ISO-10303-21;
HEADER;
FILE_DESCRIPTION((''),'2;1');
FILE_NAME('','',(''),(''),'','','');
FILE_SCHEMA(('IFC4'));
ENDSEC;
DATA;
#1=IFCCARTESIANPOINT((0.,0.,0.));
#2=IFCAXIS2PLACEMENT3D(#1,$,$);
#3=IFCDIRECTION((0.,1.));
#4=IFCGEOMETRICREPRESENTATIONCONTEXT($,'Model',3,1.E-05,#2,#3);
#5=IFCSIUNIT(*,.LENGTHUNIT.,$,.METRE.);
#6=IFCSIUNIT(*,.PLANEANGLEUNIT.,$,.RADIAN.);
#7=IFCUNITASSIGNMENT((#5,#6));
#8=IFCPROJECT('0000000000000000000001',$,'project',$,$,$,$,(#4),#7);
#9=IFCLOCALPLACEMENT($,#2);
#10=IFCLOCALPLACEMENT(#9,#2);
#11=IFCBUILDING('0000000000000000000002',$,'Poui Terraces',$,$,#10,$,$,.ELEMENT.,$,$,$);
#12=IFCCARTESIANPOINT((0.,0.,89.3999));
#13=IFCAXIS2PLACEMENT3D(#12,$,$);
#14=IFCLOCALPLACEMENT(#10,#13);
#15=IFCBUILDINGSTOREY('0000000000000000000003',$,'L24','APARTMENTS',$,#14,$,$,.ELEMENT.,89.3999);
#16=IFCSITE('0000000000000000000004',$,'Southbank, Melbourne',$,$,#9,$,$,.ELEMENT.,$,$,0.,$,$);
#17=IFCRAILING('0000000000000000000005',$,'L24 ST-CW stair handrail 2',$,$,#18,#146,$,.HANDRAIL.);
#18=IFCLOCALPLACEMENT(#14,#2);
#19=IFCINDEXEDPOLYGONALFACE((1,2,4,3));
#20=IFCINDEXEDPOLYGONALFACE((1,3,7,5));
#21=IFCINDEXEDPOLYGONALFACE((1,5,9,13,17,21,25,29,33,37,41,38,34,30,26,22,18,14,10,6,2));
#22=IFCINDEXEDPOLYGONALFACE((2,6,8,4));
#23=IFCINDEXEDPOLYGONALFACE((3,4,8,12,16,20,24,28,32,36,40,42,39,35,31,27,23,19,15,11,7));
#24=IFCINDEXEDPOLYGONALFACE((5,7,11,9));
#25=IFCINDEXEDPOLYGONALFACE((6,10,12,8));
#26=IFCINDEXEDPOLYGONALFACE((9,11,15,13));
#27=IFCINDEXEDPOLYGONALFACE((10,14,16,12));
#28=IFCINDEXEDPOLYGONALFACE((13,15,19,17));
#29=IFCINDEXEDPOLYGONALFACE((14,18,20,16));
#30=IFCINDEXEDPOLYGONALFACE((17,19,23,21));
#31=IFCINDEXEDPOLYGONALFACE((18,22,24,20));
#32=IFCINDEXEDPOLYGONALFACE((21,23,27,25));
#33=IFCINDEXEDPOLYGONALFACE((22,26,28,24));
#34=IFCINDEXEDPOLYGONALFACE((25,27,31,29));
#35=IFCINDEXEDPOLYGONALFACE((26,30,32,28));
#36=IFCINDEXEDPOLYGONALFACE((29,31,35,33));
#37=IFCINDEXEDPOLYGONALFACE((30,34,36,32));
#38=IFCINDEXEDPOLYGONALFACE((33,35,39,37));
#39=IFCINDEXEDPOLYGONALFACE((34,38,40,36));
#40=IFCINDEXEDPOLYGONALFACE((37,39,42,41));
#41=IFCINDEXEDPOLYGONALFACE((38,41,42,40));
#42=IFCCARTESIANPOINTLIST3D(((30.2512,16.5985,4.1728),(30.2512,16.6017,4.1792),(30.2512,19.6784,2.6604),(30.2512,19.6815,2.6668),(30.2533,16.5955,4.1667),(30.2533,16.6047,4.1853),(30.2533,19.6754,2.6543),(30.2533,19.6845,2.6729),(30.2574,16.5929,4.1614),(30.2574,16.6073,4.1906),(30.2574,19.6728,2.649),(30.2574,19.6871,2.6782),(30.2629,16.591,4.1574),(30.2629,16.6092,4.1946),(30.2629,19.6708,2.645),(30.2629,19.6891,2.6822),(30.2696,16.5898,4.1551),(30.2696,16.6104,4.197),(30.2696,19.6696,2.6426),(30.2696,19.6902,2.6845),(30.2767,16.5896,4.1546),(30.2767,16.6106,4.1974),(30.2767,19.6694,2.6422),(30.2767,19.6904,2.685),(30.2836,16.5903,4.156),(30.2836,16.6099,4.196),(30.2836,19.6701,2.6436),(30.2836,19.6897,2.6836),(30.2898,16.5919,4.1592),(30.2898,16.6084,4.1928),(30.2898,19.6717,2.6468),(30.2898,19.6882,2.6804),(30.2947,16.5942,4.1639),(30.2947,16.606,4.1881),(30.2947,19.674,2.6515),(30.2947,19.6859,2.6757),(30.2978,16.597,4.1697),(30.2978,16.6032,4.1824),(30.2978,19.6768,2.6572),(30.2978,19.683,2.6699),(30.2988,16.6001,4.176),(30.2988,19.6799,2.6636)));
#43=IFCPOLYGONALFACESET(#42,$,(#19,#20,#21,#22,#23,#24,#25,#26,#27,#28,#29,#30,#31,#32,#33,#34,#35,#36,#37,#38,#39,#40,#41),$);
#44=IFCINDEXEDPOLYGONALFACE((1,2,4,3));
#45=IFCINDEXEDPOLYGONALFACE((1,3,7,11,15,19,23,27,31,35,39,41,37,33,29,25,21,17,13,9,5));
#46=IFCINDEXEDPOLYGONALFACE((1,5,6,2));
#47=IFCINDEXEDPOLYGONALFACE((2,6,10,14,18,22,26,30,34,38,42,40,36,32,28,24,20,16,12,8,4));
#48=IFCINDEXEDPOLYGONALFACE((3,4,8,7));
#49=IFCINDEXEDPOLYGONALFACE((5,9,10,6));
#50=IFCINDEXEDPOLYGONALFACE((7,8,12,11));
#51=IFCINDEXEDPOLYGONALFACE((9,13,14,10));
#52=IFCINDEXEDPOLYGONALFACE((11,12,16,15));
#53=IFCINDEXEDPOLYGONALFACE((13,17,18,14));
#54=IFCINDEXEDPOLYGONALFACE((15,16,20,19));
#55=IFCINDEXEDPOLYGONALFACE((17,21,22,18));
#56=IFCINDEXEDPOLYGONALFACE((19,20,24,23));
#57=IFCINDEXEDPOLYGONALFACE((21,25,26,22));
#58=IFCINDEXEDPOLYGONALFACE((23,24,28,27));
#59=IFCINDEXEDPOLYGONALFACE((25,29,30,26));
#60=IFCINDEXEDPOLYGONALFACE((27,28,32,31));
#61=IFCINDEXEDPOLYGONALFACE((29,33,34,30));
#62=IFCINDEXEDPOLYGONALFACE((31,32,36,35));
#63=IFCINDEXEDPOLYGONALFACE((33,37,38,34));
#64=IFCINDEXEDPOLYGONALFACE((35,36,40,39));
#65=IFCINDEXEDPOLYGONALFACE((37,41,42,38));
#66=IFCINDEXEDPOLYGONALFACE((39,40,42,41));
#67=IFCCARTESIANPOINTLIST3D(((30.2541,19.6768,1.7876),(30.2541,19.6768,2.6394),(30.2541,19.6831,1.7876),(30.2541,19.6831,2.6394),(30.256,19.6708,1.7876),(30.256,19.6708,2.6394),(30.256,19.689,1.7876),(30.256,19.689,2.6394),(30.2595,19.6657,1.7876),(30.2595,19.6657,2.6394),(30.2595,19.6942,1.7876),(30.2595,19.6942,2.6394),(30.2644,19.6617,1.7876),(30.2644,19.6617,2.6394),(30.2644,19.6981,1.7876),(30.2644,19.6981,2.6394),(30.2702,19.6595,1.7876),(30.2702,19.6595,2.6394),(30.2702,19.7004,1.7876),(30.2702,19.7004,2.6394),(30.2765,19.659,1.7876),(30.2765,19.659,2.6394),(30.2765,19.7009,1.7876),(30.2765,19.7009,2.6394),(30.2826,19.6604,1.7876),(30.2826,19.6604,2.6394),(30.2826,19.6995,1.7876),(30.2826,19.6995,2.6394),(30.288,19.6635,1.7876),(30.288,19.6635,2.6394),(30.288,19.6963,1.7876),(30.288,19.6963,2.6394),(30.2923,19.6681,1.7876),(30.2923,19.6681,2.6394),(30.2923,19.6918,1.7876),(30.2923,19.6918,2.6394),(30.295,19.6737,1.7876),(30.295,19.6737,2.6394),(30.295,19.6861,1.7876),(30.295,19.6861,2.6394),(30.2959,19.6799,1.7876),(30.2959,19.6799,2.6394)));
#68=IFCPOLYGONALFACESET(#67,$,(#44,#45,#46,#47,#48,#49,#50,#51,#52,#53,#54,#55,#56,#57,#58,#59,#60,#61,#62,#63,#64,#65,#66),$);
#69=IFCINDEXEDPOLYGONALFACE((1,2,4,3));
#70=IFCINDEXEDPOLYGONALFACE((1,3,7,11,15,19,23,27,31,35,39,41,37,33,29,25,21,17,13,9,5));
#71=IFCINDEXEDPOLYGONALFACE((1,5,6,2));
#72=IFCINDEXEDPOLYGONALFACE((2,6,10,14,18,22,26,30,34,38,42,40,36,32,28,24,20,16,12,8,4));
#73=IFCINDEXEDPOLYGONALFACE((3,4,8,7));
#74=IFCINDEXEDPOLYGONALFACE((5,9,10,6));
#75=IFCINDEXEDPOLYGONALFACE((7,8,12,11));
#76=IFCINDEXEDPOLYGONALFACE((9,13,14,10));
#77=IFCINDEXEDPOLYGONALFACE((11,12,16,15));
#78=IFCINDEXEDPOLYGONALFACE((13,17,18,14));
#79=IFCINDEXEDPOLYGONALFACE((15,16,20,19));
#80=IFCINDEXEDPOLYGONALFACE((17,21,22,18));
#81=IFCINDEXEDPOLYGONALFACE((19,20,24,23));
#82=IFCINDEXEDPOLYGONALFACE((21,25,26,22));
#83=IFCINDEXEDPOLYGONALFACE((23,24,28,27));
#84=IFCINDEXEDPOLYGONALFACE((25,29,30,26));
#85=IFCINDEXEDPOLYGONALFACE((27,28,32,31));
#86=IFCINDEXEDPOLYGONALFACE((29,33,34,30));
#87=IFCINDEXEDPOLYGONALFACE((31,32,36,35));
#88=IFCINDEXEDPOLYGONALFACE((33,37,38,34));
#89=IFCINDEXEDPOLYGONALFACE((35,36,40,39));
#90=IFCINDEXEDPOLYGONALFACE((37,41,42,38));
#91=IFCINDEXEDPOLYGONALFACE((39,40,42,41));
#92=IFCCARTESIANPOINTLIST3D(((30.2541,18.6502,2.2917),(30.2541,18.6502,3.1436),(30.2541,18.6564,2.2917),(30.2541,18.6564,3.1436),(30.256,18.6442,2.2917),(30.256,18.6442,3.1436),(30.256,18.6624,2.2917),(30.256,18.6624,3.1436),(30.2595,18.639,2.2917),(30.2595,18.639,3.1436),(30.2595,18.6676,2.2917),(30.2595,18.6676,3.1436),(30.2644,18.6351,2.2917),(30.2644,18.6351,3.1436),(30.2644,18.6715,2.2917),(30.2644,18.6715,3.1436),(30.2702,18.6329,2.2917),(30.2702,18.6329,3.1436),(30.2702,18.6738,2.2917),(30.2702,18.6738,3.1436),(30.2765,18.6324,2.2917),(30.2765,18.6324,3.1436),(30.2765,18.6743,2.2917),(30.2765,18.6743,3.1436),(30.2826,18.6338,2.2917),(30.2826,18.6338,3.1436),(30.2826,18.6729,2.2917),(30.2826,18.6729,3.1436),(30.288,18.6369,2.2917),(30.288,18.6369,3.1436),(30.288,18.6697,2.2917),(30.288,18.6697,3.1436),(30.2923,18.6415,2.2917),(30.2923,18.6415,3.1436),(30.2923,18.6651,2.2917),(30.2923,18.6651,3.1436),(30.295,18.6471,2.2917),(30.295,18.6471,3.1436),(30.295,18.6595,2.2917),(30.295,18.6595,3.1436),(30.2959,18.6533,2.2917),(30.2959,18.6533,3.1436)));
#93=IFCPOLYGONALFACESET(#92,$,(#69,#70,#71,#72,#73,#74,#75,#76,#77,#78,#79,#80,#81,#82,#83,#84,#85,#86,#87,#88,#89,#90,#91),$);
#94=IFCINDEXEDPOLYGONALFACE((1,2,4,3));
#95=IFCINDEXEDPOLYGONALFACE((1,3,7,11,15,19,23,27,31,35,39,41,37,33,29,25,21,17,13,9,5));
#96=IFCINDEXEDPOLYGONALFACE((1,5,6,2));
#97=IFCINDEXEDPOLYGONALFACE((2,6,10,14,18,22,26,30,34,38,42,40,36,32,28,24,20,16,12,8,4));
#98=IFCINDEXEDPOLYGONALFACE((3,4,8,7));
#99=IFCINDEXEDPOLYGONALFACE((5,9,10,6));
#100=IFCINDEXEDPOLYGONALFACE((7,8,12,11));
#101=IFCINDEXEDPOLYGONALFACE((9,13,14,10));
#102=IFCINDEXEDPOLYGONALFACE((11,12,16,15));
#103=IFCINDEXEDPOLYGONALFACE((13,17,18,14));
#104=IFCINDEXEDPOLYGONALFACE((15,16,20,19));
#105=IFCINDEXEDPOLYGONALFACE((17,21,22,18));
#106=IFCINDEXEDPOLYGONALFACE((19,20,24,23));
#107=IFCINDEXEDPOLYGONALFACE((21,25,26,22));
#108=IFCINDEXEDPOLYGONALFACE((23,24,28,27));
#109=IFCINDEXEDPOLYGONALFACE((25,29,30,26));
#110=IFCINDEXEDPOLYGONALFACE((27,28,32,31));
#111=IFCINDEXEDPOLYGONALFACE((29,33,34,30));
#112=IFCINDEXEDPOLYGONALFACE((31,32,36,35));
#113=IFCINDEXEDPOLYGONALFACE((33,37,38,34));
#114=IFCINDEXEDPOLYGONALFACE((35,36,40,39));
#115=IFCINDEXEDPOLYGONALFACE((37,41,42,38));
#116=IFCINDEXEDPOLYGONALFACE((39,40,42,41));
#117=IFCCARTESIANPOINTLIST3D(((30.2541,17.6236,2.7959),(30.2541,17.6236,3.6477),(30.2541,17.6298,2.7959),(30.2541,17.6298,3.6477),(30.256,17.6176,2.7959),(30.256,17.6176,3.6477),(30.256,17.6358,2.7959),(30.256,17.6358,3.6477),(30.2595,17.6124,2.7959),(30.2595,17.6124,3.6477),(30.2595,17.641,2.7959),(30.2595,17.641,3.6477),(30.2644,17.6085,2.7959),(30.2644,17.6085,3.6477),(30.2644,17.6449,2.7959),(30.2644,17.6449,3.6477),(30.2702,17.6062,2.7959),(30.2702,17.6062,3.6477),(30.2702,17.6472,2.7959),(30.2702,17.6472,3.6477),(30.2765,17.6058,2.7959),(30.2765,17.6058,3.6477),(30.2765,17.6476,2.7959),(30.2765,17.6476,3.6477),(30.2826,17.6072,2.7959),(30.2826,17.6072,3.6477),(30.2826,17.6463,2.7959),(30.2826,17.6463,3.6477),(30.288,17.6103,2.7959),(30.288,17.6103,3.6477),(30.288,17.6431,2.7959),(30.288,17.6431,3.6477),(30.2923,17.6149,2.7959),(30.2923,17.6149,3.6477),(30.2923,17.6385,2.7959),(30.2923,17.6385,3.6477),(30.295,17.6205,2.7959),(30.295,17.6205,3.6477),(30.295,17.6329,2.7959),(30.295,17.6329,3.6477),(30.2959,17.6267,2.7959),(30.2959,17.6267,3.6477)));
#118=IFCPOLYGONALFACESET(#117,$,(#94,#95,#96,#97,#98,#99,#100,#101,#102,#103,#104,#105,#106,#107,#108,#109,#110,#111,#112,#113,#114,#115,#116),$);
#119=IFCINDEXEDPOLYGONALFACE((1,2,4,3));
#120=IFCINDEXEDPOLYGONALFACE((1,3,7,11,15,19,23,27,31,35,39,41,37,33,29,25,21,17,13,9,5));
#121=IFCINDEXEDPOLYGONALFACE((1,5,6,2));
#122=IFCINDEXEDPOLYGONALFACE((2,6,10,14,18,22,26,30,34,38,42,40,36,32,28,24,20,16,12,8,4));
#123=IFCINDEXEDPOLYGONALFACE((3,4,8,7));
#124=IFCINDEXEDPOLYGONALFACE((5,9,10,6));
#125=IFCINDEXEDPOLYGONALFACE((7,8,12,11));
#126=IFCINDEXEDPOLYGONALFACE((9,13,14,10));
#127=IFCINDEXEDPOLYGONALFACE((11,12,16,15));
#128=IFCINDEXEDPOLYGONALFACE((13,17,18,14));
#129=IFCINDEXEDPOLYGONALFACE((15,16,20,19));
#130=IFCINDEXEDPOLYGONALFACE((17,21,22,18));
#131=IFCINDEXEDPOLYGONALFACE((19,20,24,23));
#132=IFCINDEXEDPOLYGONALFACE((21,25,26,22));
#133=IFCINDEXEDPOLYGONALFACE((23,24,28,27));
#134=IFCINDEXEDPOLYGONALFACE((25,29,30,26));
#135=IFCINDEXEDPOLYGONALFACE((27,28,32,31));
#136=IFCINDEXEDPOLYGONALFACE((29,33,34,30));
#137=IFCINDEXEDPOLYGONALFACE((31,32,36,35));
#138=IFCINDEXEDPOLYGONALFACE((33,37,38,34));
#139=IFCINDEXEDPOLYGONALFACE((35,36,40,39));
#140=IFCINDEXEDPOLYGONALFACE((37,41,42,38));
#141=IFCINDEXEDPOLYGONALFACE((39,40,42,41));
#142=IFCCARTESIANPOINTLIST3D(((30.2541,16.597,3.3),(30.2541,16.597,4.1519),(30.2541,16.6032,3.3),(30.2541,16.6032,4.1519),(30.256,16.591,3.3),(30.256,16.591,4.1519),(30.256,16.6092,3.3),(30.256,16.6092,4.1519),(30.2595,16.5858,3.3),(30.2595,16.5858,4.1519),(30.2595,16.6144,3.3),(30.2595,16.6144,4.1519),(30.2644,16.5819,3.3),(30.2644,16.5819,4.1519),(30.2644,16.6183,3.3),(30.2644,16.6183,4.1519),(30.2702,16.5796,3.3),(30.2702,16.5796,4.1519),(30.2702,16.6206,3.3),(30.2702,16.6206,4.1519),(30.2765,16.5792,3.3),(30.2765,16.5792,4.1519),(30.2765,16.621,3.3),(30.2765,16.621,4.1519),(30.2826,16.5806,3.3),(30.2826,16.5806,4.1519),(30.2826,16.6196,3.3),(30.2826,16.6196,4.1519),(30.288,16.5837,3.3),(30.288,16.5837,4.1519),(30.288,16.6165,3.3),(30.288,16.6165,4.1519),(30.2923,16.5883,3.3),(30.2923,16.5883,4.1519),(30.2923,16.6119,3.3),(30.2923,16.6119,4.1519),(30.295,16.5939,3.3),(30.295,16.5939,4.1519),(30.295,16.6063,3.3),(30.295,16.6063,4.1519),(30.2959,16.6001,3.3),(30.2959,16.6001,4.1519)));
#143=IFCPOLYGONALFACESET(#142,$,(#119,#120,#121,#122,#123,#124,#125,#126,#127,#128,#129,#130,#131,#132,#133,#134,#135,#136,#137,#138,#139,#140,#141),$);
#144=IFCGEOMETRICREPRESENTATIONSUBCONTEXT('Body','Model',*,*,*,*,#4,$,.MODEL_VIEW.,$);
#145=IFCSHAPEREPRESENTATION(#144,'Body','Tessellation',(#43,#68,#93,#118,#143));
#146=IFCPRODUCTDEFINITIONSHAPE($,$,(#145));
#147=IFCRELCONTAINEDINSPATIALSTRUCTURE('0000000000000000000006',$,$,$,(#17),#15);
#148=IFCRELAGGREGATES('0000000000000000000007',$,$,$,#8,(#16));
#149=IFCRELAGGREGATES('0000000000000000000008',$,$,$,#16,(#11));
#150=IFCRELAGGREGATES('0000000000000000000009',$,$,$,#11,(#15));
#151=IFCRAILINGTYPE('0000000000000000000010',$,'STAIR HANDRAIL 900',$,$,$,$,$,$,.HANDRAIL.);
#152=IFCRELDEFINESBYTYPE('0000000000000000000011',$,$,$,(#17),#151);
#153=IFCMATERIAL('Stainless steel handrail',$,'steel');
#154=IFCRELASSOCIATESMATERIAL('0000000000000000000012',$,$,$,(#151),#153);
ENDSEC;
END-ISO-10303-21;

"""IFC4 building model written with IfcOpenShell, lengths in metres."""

from ifc_helpers import new_model, si_unit, direction, frame, origin, origin_2d, place, context, subcontext, project, spatial, circle, extrude, material, type_object, element, save


model = new_model("IFC4")

# Units and contexts
model_context = context("Model", 3, precision=1e-05, world=origin(), true_north=direction((0.0, 1.0)))
body_context = subcontext(model_context, "Body", "Model", "MODEL_VIEW")
ifc_project = project(units=[si_unit("LENGTHUNIT", "METRE"), si_unit("PLANEANGLEUNIT", "RADIAN")], contexts=[model_context])

# Site, building, storey
site_placement = place(None, origin())
site = spatial("IfcSite", under=ifc_project, at=site_placement, Name="Southbank, Melbourne", CompositionType="ELEMENT", RefElevation=0.0)
building_placement = place(site_placement, origin())
building = spatial("IfcBuilding", under=site, at=building_placement, Name="Poui Terraces", CompositionType="ELEMENT")
storey_placement = place(building_placement, frame((0.0, 0.0, 89.3999)))
storey = spatial("IfcBuildingStorey", under=building, at=storey_placement, Name="L24", Description="APARTMENTS", CompositionType="ELEMENT", Elevation=89.3999)

# Railing
ifc_material_1 = material(Name="Stainless steel handrail", Category="steel")
railing_type_1 = type_object("IfcRailingType", Name="STAIR HANDRAIL 900", PredefinedType="HANDRAIL", material=ifc_material_1)
railing_1_placement = place(storey_placement, frame((30.2749, 19.6799, 1.7876)))
element("IfcRailing", 1, at=railing_1_placement, inside=storey, type_object=railing_type_1, Name="L24 ST-CW stair handrail 2", PredefinedType="HANDRAIL", context=body_context, shape_type="SweptSolid", body=[
    extrude(circle(Radius=0.0239, at=origin_2d()), frame((0.0, 0.0, 0.876), z_axis=(0.0, -0.897606, 0.440798), x_axis=(1.0, 0.0, 0.0)), (0.0, 0.0, 1.0), 3.4312),
    extrude(circle(Radius=0.021, at=origin_2d()), origin(), (0.0, 0.0, 1.0), 0.8518),
    extrude(circle(Radius=0.021, at=origin_2d()), frame((0.0, -1.0266, 0.5042)), (0.0, 0.0, 1.0), 0.8518),
    extrude(circle(Radius=0.021, at=origin_2d()), frame((0.0, -2.0532, 1.0083)), (0.0, 0.0, 1.0), 0.8518),
    extrude(circle(Radius=0.021, at=origin_2d()), frame((0.0, -3.0798, 1.5125)), (0.0, 0.0, 1.0), 0.8518),
])

save(model, "model.ifc")
